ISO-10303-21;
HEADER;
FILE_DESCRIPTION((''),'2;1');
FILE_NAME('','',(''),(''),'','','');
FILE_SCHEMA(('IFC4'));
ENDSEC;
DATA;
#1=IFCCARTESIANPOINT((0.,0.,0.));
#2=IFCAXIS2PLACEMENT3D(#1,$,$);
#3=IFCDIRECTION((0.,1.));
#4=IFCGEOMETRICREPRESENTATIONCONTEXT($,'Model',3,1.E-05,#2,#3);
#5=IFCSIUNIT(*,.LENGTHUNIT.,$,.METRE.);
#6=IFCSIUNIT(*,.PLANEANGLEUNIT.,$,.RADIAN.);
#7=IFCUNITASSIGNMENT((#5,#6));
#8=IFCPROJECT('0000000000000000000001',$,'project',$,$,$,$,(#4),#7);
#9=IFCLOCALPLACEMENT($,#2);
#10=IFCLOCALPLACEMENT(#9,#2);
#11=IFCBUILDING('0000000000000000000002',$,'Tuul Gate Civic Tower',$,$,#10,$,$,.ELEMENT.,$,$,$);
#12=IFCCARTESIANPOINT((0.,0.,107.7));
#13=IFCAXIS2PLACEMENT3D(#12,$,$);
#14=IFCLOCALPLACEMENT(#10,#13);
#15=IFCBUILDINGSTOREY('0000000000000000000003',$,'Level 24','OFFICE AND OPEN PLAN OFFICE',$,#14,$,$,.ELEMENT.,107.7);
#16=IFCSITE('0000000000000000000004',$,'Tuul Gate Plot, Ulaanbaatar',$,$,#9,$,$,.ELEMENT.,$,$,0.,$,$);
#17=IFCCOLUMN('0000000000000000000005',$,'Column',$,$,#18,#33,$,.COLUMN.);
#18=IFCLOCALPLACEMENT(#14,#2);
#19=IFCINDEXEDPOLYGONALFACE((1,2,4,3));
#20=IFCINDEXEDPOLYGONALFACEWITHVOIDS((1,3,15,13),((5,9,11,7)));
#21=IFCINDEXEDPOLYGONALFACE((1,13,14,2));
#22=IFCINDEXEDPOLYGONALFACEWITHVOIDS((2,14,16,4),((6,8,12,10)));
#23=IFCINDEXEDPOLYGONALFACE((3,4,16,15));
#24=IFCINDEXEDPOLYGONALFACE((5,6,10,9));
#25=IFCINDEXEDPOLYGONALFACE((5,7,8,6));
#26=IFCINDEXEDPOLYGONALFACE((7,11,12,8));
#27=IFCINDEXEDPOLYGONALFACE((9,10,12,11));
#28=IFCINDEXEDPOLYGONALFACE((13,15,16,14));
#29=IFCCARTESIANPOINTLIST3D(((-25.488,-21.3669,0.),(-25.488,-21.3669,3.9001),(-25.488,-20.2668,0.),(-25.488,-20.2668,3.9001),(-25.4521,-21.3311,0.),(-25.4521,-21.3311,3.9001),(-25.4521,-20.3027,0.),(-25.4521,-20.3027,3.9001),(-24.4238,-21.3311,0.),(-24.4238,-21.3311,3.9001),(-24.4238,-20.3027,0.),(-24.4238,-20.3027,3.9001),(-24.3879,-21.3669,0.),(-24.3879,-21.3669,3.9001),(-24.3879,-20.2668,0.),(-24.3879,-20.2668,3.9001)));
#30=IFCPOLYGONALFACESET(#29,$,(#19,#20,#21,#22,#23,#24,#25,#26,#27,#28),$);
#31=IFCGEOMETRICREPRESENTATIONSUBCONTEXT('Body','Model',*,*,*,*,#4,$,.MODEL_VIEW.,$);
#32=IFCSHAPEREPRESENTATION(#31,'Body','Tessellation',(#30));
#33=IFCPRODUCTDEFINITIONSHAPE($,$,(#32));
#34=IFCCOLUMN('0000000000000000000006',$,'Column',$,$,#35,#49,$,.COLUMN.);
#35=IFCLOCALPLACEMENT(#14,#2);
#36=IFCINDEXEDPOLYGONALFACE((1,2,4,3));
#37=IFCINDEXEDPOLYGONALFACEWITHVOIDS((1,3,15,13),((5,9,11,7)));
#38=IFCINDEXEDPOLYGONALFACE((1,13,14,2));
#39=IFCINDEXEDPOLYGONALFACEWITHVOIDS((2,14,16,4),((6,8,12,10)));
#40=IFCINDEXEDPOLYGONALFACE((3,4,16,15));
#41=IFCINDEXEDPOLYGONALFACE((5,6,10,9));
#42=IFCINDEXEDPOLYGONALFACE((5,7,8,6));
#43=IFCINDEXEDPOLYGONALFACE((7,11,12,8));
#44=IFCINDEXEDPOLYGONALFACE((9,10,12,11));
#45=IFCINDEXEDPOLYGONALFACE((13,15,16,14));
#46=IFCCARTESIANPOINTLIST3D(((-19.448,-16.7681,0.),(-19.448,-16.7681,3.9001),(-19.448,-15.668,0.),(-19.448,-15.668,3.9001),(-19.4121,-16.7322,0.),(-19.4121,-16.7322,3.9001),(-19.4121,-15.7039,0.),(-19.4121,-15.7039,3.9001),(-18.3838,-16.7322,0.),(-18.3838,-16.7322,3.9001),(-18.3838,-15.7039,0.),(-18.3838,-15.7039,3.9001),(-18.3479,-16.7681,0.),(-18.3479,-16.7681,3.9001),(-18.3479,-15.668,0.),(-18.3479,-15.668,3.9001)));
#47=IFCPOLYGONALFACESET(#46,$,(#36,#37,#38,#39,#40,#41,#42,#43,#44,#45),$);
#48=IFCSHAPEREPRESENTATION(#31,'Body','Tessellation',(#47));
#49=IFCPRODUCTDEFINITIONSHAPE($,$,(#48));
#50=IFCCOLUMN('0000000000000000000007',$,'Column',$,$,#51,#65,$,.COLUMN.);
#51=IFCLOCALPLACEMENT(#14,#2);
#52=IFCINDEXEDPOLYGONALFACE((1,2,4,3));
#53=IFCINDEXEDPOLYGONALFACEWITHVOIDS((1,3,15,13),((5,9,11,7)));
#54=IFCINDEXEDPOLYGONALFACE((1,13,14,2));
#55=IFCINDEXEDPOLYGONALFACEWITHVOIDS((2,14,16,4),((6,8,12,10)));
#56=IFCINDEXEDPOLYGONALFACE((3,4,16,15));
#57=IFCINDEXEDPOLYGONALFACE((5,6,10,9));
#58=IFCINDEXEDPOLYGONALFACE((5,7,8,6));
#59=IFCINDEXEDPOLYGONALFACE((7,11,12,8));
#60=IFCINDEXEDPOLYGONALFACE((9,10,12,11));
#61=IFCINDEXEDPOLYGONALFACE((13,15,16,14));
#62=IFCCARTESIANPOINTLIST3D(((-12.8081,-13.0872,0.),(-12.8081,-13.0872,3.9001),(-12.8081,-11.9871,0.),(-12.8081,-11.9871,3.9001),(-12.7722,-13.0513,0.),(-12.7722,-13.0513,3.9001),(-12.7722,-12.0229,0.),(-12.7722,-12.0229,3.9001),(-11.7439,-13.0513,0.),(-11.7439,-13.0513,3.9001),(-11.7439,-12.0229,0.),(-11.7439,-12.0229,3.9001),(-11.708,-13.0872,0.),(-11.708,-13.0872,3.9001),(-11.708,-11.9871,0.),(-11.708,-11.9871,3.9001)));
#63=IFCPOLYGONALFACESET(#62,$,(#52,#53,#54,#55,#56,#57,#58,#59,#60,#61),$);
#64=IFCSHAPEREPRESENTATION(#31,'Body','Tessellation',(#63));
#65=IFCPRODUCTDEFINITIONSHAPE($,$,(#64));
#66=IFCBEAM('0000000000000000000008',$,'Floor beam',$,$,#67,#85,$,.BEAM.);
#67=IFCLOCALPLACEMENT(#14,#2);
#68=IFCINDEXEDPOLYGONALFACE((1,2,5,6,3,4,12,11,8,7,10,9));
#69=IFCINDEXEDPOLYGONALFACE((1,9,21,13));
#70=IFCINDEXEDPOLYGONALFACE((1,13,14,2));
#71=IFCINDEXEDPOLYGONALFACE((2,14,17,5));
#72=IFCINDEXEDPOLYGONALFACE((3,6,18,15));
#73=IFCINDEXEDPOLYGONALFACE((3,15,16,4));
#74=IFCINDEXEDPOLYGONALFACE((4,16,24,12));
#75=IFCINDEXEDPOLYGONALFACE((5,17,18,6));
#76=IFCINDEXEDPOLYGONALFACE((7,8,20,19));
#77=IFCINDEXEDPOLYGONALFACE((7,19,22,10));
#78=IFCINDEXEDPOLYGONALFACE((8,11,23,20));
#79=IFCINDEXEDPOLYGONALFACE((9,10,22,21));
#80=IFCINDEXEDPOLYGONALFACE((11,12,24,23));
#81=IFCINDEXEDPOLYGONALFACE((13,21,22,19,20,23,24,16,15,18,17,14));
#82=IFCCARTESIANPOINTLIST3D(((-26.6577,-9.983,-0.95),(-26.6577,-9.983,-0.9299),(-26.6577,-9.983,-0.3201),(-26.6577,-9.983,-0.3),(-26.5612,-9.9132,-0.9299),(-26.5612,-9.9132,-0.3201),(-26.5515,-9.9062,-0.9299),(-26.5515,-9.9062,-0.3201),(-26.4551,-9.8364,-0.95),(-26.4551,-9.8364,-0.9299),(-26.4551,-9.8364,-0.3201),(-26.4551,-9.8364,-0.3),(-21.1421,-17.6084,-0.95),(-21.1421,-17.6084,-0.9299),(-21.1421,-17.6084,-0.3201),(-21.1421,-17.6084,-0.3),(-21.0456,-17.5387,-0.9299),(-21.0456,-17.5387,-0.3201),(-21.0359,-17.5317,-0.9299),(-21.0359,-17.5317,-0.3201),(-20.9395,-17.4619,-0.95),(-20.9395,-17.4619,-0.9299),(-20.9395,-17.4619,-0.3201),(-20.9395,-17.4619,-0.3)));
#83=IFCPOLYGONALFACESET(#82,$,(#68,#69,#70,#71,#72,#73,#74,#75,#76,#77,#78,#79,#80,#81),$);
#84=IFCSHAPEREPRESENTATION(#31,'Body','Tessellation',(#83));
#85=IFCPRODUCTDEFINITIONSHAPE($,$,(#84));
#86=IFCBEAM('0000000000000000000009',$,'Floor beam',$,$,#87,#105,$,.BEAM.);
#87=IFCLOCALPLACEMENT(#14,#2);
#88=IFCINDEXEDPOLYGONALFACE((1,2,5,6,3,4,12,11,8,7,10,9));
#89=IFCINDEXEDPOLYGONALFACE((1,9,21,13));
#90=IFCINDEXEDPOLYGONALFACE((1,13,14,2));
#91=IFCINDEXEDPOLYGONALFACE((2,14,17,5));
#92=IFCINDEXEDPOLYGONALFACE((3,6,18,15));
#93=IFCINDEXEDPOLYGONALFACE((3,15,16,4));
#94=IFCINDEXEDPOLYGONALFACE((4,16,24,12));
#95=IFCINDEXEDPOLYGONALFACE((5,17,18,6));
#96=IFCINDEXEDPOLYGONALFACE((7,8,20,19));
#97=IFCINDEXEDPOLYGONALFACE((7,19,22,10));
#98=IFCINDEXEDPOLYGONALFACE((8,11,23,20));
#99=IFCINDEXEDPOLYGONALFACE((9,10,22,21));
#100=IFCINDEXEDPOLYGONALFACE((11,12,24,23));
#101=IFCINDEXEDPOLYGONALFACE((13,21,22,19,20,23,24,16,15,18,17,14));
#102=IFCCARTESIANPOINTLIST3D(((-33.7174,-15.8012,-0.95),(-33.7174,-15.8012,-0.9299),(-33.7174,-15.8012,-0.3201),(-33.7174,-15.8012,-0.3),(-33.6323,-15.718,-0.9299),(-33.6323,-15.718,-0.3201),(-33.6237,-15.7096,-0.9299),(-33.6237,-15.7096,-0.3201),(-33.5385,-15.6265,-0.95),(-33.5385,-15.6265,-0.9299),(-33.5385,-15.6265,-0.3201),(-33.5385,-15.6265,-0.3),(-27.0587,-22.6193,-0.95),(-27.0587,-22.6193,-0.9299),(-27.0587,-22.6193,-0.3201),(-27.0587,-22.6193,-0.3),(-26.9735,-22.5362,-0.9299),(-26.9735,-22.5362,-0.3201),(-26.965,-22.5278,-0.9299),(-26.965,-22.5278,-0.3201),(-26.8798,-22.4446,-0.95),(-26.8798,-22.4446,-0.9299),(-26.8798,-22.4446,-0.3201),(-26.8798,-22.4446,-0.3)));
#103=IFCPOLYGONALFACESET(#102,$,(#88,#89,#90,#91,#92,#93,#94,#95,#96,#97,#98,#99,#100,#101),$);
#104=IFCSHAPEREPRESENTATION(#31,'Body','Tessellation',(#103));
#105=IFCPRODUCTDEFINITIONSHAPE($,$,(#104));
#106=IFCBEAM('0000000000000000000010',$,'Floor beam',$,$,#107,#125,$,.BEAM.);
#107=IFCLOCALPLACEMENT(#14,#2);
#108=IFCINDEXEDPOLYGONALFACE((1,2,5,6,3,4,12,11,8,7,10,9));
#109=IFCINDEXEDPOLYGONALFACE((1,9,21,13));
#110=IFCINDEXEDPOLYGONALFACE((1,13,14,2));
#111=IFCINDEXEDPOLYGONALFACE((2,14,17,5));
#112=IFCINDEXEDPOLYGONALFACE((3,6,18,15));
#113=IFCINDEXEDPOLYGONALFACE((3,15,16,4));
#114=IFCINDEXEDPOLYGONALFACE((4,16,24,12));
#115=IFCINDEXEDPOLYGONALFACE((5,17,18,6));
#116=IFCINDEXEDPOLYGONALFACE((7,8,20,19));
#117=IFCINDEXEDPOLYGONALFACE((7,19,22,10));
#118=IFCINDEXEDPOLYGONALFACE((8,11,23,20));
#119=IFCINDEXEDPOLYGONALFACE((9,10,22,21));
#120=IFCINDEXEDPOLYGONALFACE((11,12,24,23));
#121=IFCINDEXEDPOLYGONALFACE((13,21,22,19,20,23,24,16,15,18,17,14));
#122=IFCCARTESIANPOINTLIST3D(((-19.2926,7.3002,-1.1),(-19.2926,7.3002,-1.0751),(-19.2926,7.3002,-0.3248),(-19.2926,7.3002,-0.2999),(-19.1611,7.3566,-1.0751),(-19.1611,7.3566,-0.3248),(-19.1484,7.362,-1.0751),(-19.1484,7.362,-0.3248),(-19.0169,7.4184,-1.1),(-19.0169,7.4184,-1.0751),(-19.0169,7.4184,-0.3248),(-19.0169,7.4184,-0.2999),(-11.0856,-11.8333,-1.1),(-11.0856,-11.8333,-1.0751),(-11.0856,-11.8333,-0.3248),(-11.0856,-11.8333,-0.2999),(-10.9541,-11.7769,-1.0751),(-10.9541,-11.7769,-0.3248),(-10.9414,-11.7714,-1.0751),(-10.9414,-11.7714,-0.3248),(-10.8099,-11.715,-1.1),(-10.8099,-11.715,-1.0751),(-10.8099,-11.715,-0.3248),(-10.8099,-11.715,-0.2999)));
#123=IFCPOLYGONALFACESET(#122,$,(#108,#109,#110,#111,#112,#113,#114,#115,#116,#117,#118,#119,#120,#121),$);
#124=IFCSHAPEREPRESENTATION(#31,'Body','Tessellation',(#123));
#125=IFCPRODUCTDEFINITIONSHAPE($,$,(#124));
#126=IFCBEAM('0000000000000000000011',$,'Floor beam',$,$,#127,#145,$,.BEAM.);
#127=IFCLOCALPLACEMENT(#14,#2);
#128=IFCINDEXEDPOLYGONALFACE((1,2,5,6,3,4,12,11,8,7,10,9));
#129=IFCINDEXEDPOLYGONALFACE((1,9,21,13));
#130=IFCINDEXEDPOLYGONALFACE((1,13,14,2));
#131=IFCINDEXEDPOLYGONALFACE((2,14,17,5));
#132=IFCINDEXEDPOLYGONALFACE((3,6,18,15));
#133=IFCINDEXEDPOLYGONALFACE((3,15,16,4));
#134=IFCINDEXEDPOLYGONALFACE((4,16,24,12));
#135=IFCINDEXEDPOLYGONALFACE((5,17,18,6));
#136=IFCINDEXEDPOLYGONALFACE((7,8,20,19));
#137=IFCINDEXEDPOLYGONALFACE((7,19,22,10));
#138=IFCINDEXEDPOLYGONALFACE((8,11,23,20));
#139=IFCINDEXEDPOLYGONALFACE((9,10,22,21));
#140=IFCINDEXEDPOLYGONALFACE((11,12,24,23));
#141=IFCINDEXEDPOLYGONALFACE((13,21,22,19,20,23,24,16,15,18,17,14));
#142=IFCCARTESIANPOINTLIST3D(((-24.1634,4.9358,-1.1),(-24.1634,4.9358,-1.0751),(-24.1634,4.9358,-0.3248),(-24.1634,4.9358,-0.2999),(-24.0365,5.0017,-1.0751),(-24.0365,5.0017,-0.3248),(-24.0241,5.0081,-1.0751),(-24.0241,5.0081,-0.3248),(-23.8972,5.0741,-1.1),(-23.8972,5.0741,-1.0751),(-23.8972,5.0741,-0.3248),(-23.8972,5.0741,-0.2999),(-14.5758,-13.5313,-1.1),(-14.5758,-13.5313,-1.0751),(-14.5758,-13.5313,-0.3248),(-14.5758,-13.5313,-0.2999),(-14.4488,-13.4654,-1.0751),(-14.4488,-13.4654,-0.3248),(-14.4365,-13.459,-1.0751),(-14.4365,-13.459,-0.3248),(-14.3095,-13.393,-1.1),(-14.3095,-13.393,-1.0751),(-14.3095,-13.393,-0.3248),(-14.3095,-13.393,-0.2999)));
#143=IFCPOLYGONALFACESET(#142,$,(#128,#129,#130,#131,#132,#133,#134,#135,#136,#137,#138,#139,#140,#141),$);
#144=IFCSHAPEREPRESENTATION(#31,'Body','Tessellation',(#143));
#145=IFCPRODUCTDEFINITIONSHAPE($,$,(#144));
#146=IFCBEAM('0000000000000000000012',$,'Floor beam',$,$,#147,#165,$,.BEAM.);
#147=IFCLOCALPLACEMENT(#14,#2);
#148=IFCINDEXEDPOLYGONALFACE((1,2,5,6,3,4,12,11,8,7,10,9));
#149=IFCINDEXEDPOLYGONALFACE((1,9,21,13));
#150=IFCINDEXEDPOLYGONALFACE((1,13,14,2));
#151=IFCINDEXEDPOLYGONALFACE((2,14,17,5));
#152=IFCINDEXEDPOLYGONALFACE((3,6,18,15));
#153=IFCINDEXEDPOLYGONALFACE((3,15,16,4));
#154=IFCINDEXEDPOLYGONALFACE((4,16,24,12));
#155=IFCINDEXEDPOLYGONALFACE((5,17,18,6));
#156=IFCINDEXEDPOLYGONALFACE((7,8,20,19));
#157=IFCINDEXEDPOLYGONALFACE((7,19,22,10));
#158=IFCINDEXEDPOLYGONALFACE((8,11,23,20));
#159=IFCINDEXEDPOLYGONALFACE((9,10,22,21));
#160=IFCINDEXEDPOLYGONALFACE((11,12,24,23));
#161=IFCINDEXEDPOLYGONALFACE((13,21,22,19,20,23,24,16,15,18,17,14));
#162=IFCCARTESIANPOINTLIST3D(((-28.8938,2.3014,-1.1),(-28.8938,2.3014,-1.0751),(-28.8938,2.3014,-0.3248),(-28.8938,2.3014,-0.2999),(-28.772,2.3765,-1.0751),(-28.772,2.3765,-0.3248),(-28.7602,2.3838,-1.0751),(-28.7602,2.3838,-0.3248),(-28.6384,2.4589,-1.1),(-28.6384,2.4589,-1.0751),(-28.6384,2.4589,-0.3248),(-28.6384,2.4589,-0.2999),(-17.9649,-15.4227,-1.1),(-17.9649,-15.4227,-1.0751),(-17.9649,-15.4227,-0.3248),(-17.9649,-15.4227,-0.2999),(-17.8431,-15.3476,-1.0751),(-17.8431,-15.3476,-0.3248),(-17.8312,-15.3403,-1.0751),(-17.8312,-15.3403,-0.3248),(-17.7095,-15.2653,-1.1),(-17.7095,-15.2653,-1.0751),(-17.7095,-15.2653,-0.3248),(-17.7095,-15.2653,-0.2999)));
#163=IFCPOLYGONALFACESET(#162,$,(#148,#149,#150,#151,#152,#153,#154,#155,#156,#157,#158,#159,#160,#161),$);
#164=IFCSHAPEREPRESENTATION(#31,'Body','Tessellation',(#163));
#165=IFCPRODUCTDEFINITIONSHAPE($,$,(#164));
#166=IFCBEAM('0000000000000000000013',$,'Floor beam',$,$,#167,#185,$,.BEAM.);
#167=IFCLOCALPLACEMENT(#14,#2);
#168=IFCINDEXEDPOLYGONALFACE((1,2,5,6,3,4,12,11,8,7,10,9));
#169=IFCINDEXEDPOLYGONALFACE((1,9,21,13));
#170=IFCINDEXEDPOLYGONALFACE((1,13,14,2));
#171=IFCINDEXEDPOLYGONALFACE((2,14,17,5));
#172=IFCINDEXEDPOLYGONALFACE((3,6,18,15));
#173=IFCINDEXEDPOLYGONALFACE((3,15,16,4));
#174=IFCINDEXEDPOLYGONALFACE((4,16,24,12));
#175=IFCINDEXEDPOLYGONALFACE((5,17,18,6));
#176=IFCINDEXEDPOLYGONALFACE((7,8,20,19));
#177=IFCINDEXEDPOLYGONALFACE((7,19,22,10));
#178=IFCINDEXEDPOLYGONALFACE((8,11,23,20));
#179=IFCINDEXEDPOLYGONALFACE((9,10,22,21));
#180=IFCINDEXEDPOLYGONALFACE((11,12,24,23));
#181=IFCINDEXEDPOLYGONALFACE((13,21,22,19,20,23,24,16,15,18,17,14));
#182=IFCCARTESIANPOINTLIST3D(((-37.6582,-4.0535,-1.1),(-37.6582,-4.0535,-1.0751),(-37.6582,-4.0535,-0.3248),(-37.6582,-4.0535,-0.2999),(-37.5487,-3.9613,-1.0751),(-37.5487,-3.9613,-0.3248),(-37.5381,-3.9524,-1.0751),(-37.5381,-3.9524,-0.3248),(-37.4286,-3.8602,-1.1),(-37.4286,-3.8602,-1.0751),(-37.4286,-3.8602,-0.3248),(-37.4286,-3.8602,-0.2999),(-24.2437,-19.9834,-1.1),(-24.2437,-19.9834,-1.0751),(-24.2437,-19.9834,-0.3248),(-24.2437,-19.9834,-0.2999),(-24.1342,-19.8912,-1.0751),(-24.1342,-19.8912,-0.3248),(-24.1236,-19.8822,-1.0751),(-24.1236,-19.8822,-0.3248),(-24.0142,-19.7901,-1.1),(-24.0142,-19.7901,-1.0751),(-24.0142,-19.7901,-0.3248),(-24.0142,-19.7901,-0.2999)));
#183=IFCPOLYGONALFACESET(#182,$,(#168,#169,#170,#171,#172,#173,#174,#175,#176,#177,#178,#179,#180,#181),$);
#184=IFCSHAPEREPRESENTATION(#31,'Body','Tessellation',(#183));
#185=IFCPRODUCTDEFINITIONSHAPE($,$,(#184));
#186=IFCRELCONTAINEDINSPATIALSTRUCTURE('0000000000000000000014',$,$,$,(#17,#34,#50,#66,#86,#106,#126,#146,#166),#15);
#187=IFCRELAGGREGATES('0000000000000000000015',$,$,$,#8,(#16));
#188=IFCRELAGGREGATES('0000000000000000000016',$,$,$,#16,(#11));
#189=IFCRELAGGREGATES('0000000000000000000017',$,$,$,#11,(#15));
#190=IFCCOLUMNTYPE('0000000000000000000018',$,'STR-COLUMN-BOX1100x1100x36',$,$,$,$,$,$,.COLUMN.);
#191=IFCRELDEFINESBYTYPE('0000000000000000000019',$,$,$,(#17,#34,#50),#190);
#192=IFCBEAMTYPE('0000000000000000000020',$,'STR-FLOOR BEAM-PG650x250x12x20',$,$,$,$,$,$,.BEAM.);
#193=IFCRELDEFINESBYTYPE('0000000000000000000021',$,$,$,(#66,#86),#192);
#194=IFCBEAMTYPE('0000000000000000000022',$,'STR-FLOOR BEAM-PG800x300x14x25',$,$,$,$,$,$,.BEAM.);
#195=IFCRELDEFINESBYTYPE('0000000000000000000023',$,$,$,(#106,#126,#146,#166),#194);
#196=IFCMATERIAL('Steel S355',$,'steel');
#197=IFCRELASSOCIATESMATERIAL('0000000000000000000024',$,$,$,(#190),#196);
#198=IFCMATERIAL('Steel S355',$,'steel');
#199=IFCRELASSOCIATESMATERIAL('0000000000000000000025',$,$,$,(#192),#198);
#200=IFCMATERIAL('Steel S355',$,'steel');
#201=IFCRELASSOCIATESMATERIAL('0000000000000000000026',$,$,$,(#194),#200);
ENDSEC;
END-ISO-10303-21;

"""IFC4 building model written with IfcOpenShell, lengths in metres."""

from ifc_helpers import new_model, si_unit, direction, frame, origin, origin_2d, place, context, subcontext, project, spatial, hollow_rectangle, i_section, extrude, material, material_profile, profile_set, type_object, element, save


model = new_model("IFC4")

# Units and contexts
model_context = context("Model", 3, precision=1e-05, world=origin(), true_north=direction((0.0, 1.0)))
body_context = subcontext(model_context, "Body", "Model", "MODEL_VIEW")
ifc_project = project(units=[si_unit("LENGTHUNIT", "METRE"), si_unit("PLANEANGLEUNIT", "RADIAN")], contexts=[model_context])

# Site, building, storey
site_placement = place(None, origin())
site = spatial("IfcSite", under=ifc_project, at=site_placement, Name="Tuul Gate Plot, Ulaanbaatar", CompositionType="ELEMENT", RefElevation=0.0)
building_placement = place(site_placement, origin())
building = spatial("IfcBuilding", under=site, at=building_placement, Name="Tuul Gate Civic Tower", CompositionType="ELEMENT")
storey_placement = place(building_placement, frame((0.0, 0.0, 107.7)))
storey = spatial("IfcBuildingStorey", under=building, at=storey_placement, Name="Level 24", Description="OFFICE AND OPEN PLAN OFFICE", CompositionType="ELEMENT", Elevation=107.7)

# Columns
ifc_material_1 = material(Name="Steel S355", Category="steel")
ifc_material_profile_1 = material_profile(ifc_material_1, hollow_rectangle(XDim=1.1001, YDim=1.1001, WallThickness=0.0359, at=origin_2d()), Name="BOX1100x1100x36")
ifc_profile_set_1 = profile_set([ifc_material_profile_1], Name="Steel S355")
column_type = type_object("IfcColumnType", Name="STR-COLUMN-BOX1100x1100x36", PredefinedType="COLUMN", material=ifc_profile_set_1)
for number, where, z_axis, x_axis, name in (
    (1, (-24.938, -20.8169, 0.0), (0.0, 0.0, 1.0), (1.0, 0.0, 0.0), "Column"),
    (2, (-18.8979, -16.218, 0.0), (0.0, 0.0, 1.0), (1.0, 0.0, 0.0), "Column"),
    (3, (-12.2581, -12.5371, 0.0), (0.0, 0.0, 1.0), (1.0, 0.0, 0.0), "Column"),
):
    element("IfcColumn", number, at=place(storey_placement, frame(where, z_axis=z_axis, x_axis=x_axis)), inside=storey, type_object=column_type, Name=name, PredefinedType="COLUMN", context=body_context, shape_type="SweptSolid", body=[
        extrude(hollow_rectangle(XDim=1.1001, YDim=1.1001, WallThickness=0.0359, at=origin_2d()), origin(), (0.0, 0.0, 1.0), 3.9001),
    ])

# Beams
ifc_material_2 = material(Name="Steel S355", Category="steel")
ifc_material_profile_2 = material_profile(ifc_material_2, i_section(OverallWidth=0.25, OverallDepth=0.6499, WebThickness=0.012, FlangeThickness=0.02, at=origin_2d()), Name="PG650x250x12x20")
ifc_profile_set_2 = profile_set([ifc_material_profile_2], Name="Steel S355")
beam_type_1 = type_object("IfcBeamType", Name="STR-FLOOR BEAM-PG650x250x12x20", PredefinedType="BEAM", material=ifc_profile_set_2)
beam_1_placement = place(storey_placement, frame((-21.0408, -17.5352, -0.625), z_axis=(-0.586072, 0.810259, 0.0), x_axis=(-0.810259, -0.586072, 0.0)))
element("IfcBeam", 4, at=beam_1_placement, inside=storey, type_object=beam_type_1, Name="Floor beam", PredefinedType="BEAM", context=body_context, shape_type="SweptSolid", body=[
    extrude(i_section(OverallWidth=0.25, OverallDepth=0.6499, WebThickness=0.012, FlangeThickness=0.02, at=origin_2d()), origin(), (0.0, 0.0, 1.0), 9.4111),
])
beam_2_placement = place(storey_placement, frame((-26.9692, -22.532, -0.625), z_axis=(-0.698693, 0.715421, 0.0), x_axis=(-0.715421, -0.698693, 0.0)))
element("IfcBeam", 5, at=beam_2_placement, inside=storey, type_object=beam_type_1, Name="Floor beam", PredefinedType="BEAM", context=body_context, shape_type="SweptSolid", body=[
    extrude(i_section(OverallWidth=0.25, OverallDepth=0.6499, WebThickness=0.012, FlangeThickness=0.02, at=origin_2d()), origin(), (0.0, 0.0, 1.0), 9.5303),
])
ifc_material_3 = material(Name="Steel S355", Category="steel")
ifc_material_profile_3 = material_profile(ifc_material_3, i_section(OverallWidth=0.3, OverallDepth=0.8, WebThickness=0.0139, FlangeThickness=0.0249, at=origin_2d()), Name="PG800x300x14x25")
ifc_profile_set_3 = profile_set([ifc_material_profile_3], Name="Steel S355")
beam_type_2 = type_object("IfcBeamType", Name="STR-FLOOR BEAM-PG800x300x14x25", PredefinedType="BEAM", material=ifc_profile_set_3)
beam_3_placement = place(storey_placement, frame((-10.9478, -11.7742, -0.7), z_axis=(-0.394201, 0.919024, 0.0), x_axis=(-0.919024, -0.394201, 0.0)))
element("IfcBeam", 6, at=beam_3_placement, inside=storey, type_object=beam_type_2, Name="Floor beam", PredefinedType="BEAM", context=body_context, shape_type="SweptSolid", body=[
    extrude(i_section(OverallWidth=0.3, OverallDepth=0.8, WebThickness=0.0139, FlangeThickness=0.0249, at=origin_2d()), origin(), (0.0, 0.0, 1.0), 20.8193),
])
beam_4_placement = place(storey_placement, frame((-14.4426, -13.4622, -0.7), z_axis=(-0.460777, 0.887516, 0.0), x_axis=(-0.887516, -0.460777, 0.0)))
element("IfcBeam", 7, at=beam_4_placement, inside=storey, type_object=beam_type_2, Name="Floor beam", PredefinedType="BEAM", context=body_context, shape_type="SweptSolid", body=[
    extrude(i_section(OverallWidth=0.3, OverallDepth=0.8, WebThickness=0.0139, FlangeThickness=0.0249, at=origin_2d()), origin(), (0.0, 0.0, 1.0), 20.8076),
])
beam_5_placement = place(storey_placement, frame((-17.8372, -15.344, -0.7), z_axis=(-0.524857, 0.851191, 0.0), x_axis=(-0.851191, -0.524857, 0.0)))
element("IfcBeam", 8, at=beam_5_placement, inside=storey, type_object=beam_type_2, Name="Floor beam", PredefinedType="BEAM", context=body_context, shape_type="SweptSolid", body=[
    extrude(i_section(OverallWidth=0.3, OverallDepth=0.8, WebThickness=0.0139, FlangeThickness=0.0249, at=origin_2d()), origin(), (0.0, 0.0, 1.0), 20.8228),
])
beam_6_placement = place(storey_placement, frame((-24.1289, -19.8867, -0.7), z_axis=(-0.644132, 0.764914, 0.0), x_axis=(-0.764914, -0.644132, 0.0)))
element("IfcBeam", 9, at=beam_6_placement, inside=storey, type_object=beam_type_2, Name="Floor beam", PredefinedType="BEAM", context=body_context, shape_type="SweptSolid", body=[
    extrude(i_section(OverallWidth=0.3, OverallDepth=0.8, WebThickness=0.0139, FlangeThickness=0.0249, at=origin_2d()), origin(), (0.0, 0.0, 1.0), 20.8257),
])

save(model, "model.ifc")
